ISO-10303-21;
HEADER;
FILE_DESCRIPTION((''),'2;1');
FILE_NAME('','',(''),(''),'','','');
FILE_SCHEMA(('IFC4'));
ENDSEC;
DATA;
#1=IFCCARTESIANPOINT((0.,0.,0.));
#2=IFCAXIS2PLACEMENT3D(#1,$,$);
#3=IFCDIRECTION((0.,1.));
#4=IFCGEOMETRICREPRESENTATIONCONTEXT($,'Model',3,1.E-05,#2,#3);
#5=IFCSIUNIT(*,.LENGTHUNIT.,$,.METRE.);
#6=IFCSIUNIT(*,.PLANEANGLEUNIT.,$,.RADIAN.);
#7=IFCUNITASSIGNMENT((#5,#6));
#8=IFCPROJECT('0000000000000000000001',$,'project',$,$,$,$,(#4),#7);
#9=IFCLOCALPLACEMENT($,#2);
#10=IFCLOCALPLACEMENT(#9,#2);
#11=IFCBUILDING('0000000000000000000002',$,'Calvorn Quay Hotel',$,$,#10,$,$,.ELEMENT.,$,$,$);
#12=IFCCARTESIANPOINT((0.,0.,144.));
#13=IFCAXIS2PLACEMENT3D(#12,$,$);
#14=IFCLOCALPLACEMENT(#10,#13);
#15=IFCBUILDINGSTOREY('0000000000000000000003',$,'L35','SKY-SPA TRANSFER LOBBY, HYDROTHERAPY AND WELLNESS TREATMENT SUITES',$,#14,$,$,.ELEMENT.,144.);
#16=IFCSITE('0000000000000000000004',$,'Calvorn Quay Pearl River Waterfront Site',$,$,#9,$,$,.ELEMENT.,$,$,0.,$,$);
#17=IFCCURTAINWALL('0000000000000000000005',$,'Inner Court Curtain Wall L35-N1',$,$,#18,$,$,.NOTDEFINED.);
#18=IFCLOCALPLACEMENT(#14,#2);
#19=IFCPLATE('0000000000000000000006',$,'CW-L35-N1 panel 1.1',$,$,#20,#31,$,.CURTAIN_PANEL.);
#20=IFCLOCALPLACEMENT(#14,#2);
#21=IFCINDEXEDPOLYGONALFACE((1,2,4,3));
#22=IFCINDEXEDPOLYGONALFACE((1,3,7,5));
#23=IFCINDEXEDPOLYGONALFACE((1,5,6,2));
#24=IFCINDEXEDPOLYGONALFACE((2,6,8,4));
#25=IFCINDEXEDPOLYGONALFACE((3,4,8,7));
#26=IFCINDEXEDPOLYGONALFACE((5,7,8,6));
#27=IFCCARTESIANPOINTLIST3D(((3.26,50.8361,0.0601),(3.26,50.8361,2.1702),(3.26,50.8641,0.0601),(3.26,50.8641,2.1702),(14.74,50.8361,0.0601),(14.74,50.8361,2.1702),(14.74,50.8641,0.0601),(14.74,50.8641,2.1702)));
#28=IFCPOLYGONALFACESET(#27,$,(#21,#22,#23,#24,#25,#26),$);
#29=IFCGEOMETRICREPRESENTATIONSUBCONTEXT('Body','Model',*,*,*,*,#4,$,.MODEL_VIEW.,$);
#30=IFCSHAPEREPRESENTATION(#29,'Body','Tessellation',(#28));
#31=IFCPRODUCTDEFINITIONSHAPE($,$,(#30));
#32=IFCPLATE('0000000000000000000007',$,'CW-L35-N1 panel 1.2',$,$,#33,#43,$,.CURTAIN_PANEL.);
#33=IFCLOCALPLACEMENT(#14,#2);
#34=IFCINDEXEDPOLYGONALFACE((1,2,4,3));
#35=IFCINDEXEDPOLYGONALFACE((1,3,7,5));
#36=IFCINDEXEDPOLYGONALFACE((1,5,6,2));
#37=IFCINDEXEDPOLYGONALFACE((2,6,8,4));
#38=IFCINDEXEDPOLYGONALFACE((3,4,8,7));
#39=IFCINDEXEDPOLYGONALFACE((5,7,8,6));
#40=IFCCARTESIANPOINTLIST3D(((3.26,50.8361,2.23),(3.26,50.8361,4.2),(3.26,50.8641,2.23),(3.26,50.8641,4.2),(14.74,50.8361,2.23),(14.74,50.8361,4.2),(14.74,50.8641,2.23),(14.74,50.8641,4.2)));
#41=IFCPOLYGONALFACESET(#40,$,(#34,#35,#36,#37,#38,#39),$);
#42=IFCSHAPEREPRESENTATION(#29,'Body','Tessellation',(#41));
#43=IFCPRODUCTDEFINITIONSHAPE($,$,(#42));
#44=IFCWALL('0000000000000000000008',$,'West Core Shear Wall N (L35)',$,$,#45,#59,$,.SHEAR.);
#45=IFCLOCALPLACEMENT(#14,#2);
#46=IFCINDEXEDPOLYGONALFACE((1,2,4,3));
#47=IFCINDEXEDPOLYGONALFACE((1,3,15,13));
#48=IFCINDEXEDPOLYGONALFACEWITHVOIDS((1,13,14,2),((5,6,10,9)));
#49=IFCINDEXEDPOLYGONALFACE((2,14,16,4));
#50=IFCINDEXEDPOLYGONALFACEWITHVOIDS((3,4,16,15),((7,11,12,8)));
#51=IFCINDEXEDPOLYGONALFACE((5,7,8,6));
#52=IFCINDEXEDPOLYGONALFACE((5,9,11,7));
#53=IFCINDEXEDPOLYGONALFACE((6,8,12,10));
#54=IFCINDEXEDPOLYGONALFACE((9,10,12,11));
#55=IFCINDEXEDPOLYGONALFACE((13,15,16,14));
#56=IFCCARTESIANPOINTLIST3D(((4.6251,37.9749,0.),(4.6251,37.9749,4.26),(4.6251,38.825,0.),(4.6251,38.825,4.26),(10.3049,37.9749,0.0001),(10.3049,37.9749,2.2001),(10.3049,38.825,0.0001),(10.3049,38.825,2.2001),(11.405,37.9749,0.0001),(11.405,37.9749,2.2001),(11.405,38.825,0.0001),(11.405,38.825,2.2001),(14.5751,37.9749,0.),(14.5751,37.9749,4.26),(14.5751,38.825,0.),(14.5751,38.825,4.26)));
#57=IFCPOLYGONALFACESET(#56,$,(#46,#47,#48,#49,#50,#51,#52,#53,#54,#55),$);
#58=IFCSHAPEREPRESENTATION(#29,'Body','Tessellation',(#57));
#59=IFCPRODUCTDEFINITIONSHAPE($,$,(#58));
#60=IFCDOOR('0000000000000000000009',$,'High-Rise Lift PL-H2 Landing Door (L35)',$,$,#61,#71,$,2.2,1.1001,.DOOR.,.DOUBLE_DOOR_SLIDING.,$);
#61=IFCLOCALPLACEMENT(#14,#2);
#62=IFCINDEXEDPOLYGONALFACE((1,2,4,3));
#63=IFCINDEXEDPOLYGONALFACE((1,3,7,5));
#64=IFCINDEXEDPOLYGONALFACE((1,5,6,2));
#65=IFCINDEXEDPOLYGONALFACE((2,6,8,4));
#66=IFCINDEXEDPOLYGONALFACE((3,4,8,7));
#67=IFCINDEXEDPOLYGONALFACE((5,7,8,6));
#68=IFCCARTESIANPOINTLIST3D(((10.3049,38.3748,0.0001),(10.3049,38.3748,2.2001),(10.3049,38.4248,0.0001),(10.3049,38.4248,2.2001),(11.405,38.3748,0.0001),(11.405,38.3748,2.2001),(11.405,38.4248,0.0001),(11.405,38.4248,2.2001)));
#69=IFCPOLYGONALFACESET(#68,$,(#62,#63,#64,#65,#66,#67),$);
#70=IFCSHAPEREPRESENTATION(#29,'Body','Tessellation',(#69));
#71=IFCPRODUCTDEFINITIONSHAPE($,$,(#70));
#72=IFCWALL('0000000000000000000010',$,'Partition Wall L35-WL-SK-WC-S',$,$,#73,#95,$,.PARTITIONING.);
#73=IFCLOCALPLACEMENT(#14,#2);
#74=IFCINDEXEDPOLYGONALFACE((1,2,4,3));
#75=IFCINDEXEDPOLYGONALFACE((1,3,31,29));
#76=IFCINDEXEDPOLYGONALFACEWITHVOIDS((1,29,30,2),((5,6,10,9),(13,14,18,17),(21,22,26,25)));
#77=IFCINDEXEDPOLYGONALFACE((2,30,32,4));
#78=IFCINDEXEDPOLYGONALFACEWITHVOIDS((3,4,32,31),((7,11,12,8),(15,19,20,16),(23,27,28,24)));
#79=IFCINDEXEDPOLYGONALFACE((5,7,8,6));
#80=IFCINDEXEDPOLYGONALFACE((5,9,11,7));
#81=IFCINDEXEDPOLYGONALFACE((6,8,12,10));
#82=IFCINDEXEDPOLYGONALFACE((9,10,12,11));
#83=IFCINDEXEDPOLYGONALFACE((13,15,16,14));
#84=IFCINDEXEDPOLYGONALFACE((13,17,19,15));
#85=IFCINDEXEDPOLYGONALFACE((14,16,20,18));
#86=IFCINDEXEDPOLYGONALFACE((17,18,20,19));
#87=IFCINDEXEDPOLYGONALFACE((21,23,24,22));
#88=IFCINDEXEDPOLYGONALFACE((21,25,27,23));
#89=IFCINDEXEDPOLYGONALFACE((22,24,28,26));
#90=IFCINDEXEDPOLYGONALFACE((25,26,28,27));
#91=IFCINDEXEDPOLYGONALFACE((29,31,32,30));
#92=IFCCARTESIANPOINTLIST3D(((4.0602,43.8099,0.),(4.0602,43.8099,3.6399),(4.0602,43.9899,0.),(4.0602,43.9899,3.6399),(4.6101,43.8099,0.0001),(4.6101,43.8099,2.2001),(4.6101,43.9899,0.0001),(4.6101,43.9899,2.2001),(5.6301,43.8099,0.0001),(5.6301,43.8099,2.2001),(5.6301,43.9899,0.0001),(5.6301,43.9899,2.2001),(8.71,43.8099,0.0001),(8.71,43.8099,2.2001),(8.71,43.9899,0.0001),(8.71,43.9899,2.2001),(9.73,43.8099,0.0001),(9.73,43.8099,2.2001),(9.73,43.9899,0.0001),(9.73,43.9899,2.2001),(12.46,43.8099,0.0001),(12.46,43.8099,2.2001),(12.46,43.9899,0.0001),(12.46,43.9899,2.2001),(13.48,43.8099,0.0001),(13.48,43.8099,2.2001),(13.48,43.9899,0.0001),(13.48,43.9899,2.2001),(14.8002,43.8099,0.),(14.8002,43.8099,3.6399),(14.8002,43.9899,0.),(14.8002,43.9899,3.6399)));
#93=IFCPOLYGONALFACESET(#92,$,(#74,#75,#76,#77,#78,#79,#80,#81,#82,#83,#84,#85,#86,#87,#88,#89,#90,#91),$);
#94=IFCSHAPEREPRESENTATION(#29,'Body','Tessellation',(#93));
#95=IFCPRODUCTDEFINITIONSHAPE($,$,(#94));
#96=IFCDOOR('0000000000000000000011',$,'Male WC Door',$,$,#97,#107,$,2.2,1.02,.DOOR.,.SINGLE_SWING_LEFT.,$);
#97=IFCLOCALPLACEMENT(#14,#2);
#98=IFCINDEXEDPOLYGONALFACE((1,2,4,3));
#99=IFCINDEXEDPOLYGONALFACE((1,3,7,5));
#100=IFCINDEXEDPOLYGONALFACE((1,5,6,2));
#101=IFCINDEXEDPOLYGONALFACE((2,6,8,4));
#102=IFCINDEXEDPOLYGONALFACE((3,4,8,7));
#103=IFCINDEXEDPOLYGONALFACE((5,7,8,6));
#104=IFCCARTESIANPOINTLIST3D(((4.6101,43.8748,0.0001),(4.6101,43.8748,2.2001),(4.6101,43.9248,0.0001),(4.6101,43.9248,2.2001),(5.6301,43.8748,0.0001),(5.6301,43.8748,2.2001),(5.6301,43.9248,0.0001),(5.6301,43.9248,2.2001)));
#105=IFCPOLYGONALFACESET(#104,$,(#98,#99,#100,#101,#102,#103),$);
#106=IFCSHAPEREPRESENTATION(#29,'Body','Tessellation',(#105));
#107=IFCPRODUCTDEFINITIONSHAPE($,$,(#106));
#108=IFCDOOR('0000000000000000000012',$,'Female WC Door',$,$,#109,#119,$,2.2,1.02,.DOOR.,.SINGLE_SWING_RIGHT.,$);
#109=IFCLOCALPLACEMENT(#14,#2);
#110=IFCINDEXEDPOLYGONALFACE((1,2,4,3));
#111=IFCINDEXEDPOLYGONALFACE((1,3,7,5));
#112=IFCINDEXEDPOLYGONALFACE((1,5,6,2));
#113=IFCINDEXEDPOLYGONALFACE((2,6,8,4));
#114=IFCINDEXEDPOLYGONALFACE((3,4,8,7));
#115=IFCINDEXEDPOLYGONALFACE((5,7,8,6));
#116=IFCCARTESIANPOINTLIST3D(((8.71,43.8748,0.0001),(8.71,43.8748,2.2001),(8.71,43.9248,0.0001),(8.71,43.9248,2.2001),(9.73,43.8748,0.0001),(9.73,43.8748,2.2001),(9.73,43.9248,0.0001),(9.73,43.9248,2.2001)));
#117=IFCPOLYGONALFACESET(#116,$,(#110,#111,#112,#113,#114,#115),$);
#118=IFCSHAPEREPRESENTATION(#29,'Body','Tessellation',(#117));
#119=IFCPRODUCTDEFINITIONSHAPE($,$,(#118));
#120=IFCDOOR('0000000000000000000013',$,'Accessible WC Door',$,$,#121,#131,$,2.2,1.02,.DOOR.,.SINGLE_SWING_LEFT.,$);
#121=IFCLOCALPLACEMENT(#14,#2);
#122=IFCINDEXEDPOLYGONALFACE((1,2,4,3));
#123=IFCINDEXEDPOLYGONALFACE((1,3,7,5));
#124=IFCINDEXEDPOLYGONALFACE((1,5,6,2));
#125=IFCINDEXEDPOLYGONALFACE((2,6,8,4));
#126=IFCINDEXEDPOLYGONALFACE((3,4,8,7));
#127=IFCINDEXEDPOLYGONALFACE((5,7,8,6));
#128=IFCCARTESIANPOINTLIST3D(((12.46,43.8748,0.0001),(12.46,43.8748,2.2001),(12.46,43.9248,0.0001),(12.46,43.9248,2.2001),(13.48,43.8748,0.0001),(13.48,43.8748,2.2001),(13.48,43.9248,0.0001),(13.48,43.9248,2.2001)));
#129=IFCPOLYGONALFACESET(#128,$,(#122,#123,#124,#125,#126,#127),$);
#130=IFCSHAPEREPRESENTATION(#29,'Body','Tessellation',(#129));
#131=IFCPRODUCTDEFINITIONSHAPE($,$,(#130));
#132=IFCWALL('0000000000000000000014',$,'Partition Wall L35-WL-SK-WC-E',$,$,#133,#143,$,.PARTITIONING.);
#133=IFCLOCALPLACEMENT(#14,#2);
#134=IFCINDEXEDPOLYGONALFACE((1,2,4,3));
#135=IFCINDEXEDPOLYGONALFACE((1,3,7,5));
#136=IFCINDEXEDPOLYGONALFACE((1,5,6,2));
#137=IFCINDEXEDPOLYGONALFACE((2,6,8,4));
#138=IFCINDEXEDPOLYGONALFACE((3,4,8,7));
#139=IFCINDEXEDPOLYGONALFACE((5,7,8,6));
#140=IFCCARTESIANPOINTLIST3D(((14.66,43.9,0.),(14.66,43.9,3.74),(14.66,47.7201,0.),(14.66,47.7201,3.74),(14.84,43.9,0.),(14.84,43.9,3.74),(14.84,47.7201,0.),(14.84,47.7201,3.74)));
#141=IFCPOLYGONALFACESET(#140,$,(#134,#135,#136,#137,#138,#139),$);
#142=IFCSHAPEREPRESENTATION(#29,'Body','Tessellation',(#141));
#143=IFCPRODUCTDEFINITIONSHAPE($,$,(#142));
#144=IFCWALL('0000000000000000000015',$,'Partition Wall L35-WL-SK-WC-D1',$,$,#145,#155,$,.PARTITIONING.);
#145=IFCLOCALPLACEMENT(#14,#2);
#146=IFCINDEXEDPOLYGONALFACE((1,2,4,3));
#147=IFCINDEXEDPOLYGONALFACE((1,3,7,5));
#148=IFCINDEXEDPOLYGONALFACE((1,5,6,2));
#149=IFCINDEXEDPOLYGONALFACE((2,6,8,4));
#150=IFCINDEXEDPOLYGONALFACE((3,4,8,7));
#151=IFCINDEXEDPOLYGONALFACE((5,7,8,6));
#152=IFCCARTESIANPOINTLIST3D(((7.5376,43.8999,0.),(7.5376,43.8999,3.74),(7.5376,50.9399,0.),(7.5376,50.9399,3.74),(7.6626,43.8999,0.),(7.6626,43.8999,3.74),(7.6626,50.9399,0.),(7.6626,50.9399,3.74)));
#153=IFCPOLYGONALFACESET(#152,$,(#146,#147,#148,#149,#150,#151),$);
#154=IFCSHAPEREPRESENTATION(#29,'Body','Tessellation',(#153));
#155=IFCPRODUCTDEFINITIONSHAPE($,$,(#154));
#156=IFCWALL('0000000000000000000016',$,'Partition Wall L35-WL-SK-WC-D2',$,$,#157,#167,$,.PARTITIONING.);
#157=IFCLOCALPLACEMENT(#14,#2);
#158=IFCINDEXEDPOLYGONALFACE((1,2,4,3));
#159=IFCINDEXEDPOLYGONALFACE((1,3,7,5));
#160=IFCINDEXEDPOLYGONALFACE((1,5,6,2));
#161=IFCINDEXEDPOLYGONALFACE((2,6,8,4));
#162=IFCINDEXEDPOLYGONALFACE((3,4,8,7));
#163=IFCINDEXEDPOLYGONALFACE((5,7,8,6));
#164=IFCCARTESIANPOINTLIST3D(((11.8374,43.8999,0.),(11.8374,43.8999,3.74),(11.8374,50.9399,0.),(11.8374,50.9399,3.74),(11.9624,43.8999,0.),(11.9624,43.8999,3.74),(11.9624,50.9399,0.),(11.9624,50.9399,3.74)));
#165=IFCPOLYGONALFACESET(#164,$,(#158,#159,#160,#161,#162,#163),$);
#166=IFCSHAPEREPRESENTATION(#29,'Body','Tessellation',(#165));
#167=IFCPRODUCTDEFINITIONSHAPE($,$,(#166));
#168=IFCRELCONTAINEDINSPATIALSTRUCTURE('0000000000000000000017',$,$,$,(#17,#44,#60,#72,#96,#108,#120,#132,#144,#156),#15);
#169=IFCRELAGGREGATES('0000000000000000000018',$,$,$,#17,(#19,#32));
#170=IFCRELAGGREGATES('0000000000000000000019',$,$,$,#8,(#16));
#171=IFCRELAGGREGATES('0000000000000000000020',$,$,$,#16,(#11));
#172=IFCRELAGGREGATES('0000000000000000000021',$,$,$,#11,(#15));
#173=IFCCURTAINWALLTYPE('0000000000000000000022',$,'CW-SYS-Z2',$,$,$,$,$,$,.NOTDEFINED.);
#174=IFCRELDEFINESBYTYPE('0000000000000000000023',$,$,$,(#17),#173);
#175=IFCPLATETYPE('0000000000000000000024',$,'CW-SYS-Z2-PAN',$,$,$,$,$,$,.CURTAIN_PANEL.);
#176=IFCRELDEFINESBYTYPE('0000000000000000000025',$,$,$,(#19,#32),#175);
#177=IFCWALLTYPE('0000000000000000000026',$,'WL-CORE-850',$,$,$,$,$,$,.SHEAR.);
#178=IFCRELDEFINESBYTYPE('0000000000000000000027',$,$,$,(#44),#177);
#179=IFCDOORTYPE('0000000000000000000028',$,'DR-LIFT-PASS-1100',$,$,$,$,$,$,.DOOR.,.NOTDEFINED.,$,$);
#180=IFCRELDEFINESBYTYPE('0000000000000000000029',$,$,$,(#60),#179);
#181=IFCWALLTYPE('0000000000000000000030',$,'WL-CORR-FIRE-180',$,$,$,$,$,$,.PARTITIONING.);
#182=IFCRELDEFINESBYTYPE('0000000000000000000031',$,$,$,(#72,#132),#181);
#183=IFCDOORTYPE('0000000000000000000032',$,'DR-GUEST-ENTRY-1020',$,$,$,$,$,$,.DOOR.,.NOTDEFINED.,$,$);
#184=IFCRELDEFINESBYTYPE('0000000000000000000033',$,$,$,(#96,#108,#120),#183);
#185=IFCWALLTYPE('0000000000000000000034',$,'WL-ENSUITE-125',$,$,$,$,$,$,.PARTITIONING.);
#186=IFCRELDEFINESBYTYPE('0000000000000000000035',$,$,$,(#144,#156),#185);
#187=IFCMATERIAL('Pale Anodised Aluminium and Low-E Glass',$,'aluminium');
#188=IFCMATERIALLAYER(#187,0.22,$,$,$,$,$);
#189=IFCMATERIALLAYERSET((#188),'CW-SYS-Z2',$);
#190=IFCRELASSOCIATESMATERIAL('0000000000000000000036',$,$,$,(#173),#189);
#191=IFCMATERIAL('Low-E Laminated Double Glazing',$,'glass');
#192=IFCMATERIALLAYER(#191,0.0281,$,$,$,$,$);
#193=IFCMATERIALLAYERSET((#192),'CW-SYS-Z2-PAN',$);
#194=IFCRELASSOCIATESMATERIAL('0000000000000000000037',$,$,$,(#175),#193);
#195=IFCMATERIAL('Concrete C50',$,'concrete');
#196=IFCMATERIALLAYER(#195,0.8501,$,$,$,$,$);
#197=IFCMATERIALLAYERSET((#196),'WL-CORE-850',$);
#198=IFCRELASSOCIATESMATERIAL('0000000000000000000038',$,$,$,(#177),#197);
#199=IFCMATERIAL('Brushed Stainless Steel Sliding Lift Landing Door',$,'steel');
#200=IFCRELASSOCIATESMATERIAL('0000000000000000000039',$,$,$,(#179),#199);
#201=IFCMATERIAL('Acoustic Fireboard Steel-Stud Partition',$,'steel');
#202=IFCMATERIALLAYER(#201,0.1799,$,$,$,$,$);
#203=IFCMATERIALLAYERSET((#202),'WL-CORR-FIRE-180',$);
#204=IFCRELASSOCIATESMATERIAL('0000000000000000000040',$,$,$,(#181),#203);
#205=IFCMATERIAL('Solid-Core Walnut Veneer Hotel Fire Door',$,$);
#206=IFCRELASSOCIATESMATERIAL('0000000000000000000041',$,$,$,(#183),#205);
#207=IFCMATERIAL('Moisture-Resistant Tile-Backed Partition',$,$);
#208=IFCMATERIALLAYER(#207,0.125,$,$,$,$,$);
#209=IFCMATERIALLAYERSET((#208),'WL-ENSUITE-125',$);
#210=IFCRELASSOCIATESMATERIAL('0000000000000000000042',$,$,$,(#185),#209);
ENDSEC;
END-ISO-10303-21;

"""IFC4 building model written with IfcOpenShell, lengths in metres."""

from ifc_helpers import new_model, si_unit, direction, frame, frame_2d, origin, origin_2d, place, context, subcontext, project, spatial, rectangle, extrude, material, layer, layer_set, type_object, element, fill, aggregate, save


model = new_model("IFC4")

# Units and contexts
model_context = context("Model", 3, precision=1e-05, world=origin(), true_north=direction((0.0, 1.0)))
body_context = subcontext(model_context, "Body", "Model", "MODEL_VIEW")
ifc_project = project(units=[si_unit("LENGTHUNIT", "METRE"), si_unit("PLANEANGLEUNIT", "RADIAN")], contexts=[model_context])

# Site, building, storey
site_placement = place(None, origin())
site = spatial("IfcSite", under=ifc_project, at=site_placement, Name="Calvorn Quay Pearl River Waterfront Site", CompositionType="ELEMENT", RefElevation=0.0)
building_placement = place(site_placement, origin())
building = spatial("IfcBuilding", under=site, at=building_placement, Name="Calvorn Quay Hotel", CompositionType="ELEMENT")
storey_placement = place(building_placement, frame((0.0, 0.0, 144.0)))
storey = spatial("IfcBuildingStorey", under=building, at=storey_placement, Name="L35", Description="SKY-SPA TRANSFER LOBBY, HYDROTHERAPY AND WELLNESS TREATMENT SUITES", CompositionType="ELEMENT", Elevation=144.0)

# Curtain wall, plates
ifc_material_1 = material(Name="Pale Anodised Aluminium and Low-E Glass", Category="aluminium")
ifc_layer_1 = layer(ifc_material_1, 0.22)
ifc_layer_set_1 = layer_set([ifc_layer_1], Name="CW-SYS-Z2")
curtain_wall_type = type_object("IfcCurtainWallType", Name="CW-SYS-Z2", PredefinedType="NOTDEFINED", material=ifc_layer_set_1)
curtain_wall_placement = place(storey_placement, origin())
curtain_wall = element("IfcCurtainWall", 1, at=curtain_wall_placement, inside=storey, type_object=curtain_wall_type, Name="Inner Court Curtain Wall L35-N1", PredefinedType="NOTDEFINED")
ifc_material_2 = material(Name="Low-E Laminated Double Glazing", Category="glass")
ifc_layer_2 = layer(ifc_material_2, 0.0281)
ifc_layer_set_2 = layer_set([ifc_layer_2], Name="CW-SYS-Z2-PAN")
plate_type = type_object("IfcPlateType", Name="CW-SYS-Z2-PAN", PredefinedType="CURTAIN_PANEL", material=ifc_layer_set_2)
plate_1_placement = place(storey_placement, frame((9.0, 50.8501, 0.0601), z_axis=(0.0, 0.0, 1.0), x_axis=(-1.0, 0.0, 0.0)))
plate_1 = element("IfcPlate", 2, at=plate_1_placement, type_object=plate_type, Name="CW-L35-N1 panel 1.1", PredefinedType="CURTAIN_PANEL", context=body_context, shape_type="SweptSolid", body=[
    extrude(rectangle(XDim=11.48, YDim=0.0281, at=origin_2d()), origin(), (0.0, 0.0, 1.0), 2.1101),
])
plate_2_placement = place(storey_placement, frame((9.0, 50.8501, 2.23), z_axis=(0.0, 0.0, 1.0), x_axis=(-1.0, 0.0, 0.0)))
plate_2 = element("IfcPlate", 3, at=plate_2_placement, type_object=plate_type, Name="CW-L35-N1 panel 1.2", PredefinedType="CURTAIN_PANEL", context=body_context, shape_type="SweptSolid", body=[
    extrude(rectangle(XDim=11.48, YDim=0.0281, at=origin_2d()), origin(), (0.0, 0.0, 1.0), 1.97),
])
aggregate(curtain_wall, [plate_1, plate_2])

# Wall, opening, door
ifc_material_3 = material(Name="Concrete C50", Category="concrete")
ifc_layer_3 = layer(ifc_material_3, 0.8501)
ifc_layer_set_3 = layer_set([ifc_layer_3], Name="WL-CORE-850")
wall_type_1 = type_object("IfcWallType", Name="WL-CORE-850", PredefinedType="SHEAR", material=ifc_layer_set_3)
wall_1_placement = place(storey_placement, frame((4.625, 38.3999, 0.0), z_axis=(0.0, 0.0, 1.0), x_axis=(1.0, 0.0, 0.0)))
wall_1 = element("IfcWall", 4, at=wall_1_placement, inside=storey, type_object=wall_type_1, Name="West Core Shear Wall N (L35)", PredefinedType="SHEAR", context=body_context, shape_type="SweptSolid", body=[
    extrude(rectangle(XDim=9.95, YDim=0.8501, at=frame_2d((4.9751, 0.0))), origin(), (0.0, 0.0, 1.0), 4.26),
])
opening_1_placement = place(wall_1_placement, frame((5.6799, 0.0, 0.0)))
opening_1 = element("IfcOpeningElement", 5, at=opening_1_placement, cuts=wall_1, PredefinedType="OPENING", context=body_context, shape_type="SweptSolid", body=[
    extrude(rectangle(XDim=1.1001, YDim=2.2, at=frame_2d((0.55, 1.1001))), frame((0.0, 0.4351, 0.0), z_axis=(0.0, -1.0, 0.0), x_axis=(1.0, 0.0, 0.0)), (0.0, 0.0, 1.0), 0.8701),
])
ifc_material_4 = material(Name="Brushed Stainless Steel Sliding Lift Landing Door", Category="steel")
door_type_1 = type_object("IfcDoorType", Name="DR-LIFT-PASS-1100", OperationType="NOTDEFINED", PredefinedType="DOOR", material=ifc_material_4)
door_1_placement = place(opening_1_placement, origin())
door_1 = element("IfcDoor", 6, at=door_1_placement, inside=storey, type_object=door_type_1, Name="High-Rise Lift PL-H2 Landing Door (L35)", OperationType="DOUBLE_DOOR_SLIDING", OverallHeight=2.2, OverallWidth=1.1001, PredefinedType="DOOR", context=body_context, shape_type="SweptSolid", body=[
    extrude(rectangle(XDim=1.1001, YDim=2.2, at=frame_2d((0.55, 1.1001))), frame((0.0, 0.0249, 0.0), z_axis=(0.0, -1.0, 0.0), x_axis=(1.0, 0.0, 0.0)), (0.0, 0.0, 1.0), 0.05),
])
fill(opening_1, door_1)

# Wall, openings, doors
ifc_material_5 = material(Name="Acoustic Fireboard Steel-Stud Partition", Category="steel")
ifc_layer_4 = layer(ifc_material_5, 0.1799)
ifc_layer_set_4 = layer_set([ifc_layer_4], Name="WL-CORR-FIRE-180")
wall_type_2 = type_object("IfcWallType", Name="WL-CORR-FIRE-180", PredefinedType="PARTITIONING", material=ifc_layer_set_4)
wall_2_placement = place(storey_placement, frame((4.0601, 43.8999, 0.0), z_axis=(0.0, 0.0, 1.0), x_axis=(1.0, 0.0, 0.0)))
wall_2 = element("IfcWall", 7, at=wall_2_placement, inside=storey, type_object=wall_type_2, Name="Partition Wall L35-WL-SK-WC-S", PredefinedType="PARTITIONING", context=body_context, shape_type="SweptSolid", body=[
    extrude(rectangle(XDim=10.74, YDim=0.1799, at=frame_2d((5.3701, 0.0))), origin(), (0.0, 0.0, 1.0), 3.6399),
])
opening_2_placement = place(wall_2_placement, frame((0.55, 0.0, 0.0)))
opening_2 = element("IfcOpeningElement", 8, at=opening_2_placement, cuts=wall_2, PredefinedType="OPENING", context=body_context, shape_type="SweptSolid", body=[
    extrude(rectangle(XDim=1.02, YDim=2.2, at=frame_2d((0.51, 1.1001))), frame((0.0, 0.0999, 0.0), z_axis=(0.0, -1.0, 0.0), x_axis=(1.0, 0.0, 0.0)), (0.0, 0.0, 1.0), 0.2),
])
opening_3_placement = place(wall_2_placement, frame((4.6499, 0.0, 0.0)))
opening_3 = element("IfcOpeningElement", 9, at=opening_3_placement, cuts=wall_2, PredefinedType="OPENING", context=body_context, shape_type="SweptSolid", body=[
    extrude(rectangle(XDim=1.02, YDim=2.2, at=frame_2d((0.51, 1.1001))), frame((0.0, 0.0999, 0.0), z_axis=(0.0, -1.0, 0.0), x_axis=(1.0, 0.0, 0.0)), (0.0, 0.0, 1.0), 0.2),
])
opening_4_placement = place(wall_2_placement, frame((8.3999, 0.0, 0.0)))
opening_4 = element("IfcOpeningElement", 10, at=opening_4_placement, cuts=wall_2, PredefinedType="OPENING", context=body_context, shape_type="SweptSolid", body=[
    extrude(rectangle(XDim=1.02, YDim=2.2, at=frame_2d((0.51, 1.1001))), frame((0.0, 0.0999, 0.0), z_axis=(0.0, -1.0, 0.0), x_axis=(1.0, 0.0, 0.0)), (0.0, 0.0, 1.0), 0.2),
])
ifc_material_6 = material(Name="Solid-Core Walnut Veneer Hotel Fire Door")
door_type_2 = type_object("IfcDoorType", Name="DR-GUEST-ENTRY-1020", OperationType="NOTDEFINED", PredefinedType="DOOR", material=ifc_material_6)
door_2_placement = place(opening_2_placement, origin())
door_2 = element("IfcDoor", 11, at=door_2_placement, inside=storey, type_object=door_type_2, Name="Male WC Door", OperationType="SINGLE_SWING_LEFT", OverallHeight=2.2, OverallWidth=1.02, PredefinedType="DOOR", context=body_context, shape_type="SweptSolid", body=[
    extrude(rectangle(XDim=1.02, YDim=2.2, at=frame_2d((0.51, 1.1001))), frame((0.0, 0.0249, 0.0), z_axis=(0.0, -1.0, 0.0), x_axis=(1.0, 0.0, 0.0)), (0.0, 0.0, 1.0), 0.05),
])
fill(opening_2, door_2)
door_3_placement = place(opening_3_placement, origin())
door_3 = element("IfcDoor", 12, at=door_3_placement, inside=storey, type_object=door_type_2, Name="Female WC Door", OperationType="SINGLE_SWING_RIGHT", OverallHeight=2.2, OverallWidth=1.02, PredefinedType="DOOR", context=body_context, shape_type="SweptSolid", body=[
    extrude(rectangle(XDim=1.02, YDim=2.2, at=frame_2d((0.51, 1.1001))), frame((0.0, 0.0249, 0.0), z_axis=(0.0, -1.0, 0.0), x_axis=(1.0, 0.0, 0.0)), (0.0, 0.0, 1.0), 0.05),
])
fill(opening_3, door_3)
door_4_placement = place(opening_4_placement, origin())
door_4 = element("IfcDoor", 13, at=door_4_placement, inside=storey, type_object=door_type_2, Name="Accessible WC Door", OperationType="SINGLE_SWING_LEFT", OverallHeight=2.2, OverallWidth=1.02, PredefinedType="DOOR", context=body_context, shape_type="SweptSolid", body=[
    extrude(rectangle(XDim=1.02, YDim=2.2, at=frame_2d((0.51, 1.1001))), frame((0.0, 0.0249, 0.0), z_axis=(0.0, -1.0, 0.0), x_axis=(1.0, 0.0, 0.0)), (0.0, 0.0, 1.0), 0.05),
])
fill(opening_4, door_4)

# Walls
wall_3_placement = place(storey_placement, frame((14.75, 43.8999, 0.0), z_axis=(0.0, 0.0, 1.0), x_axis=(0.0, 1.0, 0.0)))
element("IfcWall", 14, at=wall_3_placement, inside=storey, type_object=wall_type_2, Name="Partition Wall L35-WL-SK-WC-E", PredefinedType="PARTITIONING", context=body_context, shape_type="SweptSolid", body=[
    extrude(rectangle(XDim=3.8201, YDim=0.1799, at=frame_2d((1.9102, 0.0))), origin(), (0.0, 0.0, 1.0), 3.74),
])
ifc_material_7 = material(Name="Moisture-Resistant Tile-Backed Partition")
ifc_layer_5 = layer(ifc_material_7, 0.125)
ifc_layer_set_5 = layer_set([ifc_layer_5], Name="WL-ENSUITE-125")
wall_type_3 = type_object("IfcWallType", Name="WL-ENSUITE-125", PredefinedType="PARTITIONING", material=ifc_layer_set_5)
for number, where, z_axis, x_axis, name in (
    (15, (7.6001, 43.8999, 0.0), (0.0, 0.0, 1.0), (0.0, 1.0, 0.0), "Partition Wall L35-WL-SK-WC-D1"),
    (16, (11.8999, 43.8999, 0.0), (0.0, 0.0, 1.0), (0.0, 1.0, 0.0), "Partition Wall L35-WL-SK-WC-D2"),
):
    element("IfcWall", number, at=place(storey_placement, frame(where, z_axis=z_axis, x_axis=x_axis)), inside=storey, type_object=wall_type_3, Name=name, PredefinedType="PARTITIONING", context=body_context, shape_type="SweptSolid", body=[
        extrude(rectangle(XDim=7.04, YDim=0.125, at=frame_2d((3.52, 0.0))), origin(), (0.0, 0.0, 1.0), 3.74),
    ])

save(model, "model.ifc")
